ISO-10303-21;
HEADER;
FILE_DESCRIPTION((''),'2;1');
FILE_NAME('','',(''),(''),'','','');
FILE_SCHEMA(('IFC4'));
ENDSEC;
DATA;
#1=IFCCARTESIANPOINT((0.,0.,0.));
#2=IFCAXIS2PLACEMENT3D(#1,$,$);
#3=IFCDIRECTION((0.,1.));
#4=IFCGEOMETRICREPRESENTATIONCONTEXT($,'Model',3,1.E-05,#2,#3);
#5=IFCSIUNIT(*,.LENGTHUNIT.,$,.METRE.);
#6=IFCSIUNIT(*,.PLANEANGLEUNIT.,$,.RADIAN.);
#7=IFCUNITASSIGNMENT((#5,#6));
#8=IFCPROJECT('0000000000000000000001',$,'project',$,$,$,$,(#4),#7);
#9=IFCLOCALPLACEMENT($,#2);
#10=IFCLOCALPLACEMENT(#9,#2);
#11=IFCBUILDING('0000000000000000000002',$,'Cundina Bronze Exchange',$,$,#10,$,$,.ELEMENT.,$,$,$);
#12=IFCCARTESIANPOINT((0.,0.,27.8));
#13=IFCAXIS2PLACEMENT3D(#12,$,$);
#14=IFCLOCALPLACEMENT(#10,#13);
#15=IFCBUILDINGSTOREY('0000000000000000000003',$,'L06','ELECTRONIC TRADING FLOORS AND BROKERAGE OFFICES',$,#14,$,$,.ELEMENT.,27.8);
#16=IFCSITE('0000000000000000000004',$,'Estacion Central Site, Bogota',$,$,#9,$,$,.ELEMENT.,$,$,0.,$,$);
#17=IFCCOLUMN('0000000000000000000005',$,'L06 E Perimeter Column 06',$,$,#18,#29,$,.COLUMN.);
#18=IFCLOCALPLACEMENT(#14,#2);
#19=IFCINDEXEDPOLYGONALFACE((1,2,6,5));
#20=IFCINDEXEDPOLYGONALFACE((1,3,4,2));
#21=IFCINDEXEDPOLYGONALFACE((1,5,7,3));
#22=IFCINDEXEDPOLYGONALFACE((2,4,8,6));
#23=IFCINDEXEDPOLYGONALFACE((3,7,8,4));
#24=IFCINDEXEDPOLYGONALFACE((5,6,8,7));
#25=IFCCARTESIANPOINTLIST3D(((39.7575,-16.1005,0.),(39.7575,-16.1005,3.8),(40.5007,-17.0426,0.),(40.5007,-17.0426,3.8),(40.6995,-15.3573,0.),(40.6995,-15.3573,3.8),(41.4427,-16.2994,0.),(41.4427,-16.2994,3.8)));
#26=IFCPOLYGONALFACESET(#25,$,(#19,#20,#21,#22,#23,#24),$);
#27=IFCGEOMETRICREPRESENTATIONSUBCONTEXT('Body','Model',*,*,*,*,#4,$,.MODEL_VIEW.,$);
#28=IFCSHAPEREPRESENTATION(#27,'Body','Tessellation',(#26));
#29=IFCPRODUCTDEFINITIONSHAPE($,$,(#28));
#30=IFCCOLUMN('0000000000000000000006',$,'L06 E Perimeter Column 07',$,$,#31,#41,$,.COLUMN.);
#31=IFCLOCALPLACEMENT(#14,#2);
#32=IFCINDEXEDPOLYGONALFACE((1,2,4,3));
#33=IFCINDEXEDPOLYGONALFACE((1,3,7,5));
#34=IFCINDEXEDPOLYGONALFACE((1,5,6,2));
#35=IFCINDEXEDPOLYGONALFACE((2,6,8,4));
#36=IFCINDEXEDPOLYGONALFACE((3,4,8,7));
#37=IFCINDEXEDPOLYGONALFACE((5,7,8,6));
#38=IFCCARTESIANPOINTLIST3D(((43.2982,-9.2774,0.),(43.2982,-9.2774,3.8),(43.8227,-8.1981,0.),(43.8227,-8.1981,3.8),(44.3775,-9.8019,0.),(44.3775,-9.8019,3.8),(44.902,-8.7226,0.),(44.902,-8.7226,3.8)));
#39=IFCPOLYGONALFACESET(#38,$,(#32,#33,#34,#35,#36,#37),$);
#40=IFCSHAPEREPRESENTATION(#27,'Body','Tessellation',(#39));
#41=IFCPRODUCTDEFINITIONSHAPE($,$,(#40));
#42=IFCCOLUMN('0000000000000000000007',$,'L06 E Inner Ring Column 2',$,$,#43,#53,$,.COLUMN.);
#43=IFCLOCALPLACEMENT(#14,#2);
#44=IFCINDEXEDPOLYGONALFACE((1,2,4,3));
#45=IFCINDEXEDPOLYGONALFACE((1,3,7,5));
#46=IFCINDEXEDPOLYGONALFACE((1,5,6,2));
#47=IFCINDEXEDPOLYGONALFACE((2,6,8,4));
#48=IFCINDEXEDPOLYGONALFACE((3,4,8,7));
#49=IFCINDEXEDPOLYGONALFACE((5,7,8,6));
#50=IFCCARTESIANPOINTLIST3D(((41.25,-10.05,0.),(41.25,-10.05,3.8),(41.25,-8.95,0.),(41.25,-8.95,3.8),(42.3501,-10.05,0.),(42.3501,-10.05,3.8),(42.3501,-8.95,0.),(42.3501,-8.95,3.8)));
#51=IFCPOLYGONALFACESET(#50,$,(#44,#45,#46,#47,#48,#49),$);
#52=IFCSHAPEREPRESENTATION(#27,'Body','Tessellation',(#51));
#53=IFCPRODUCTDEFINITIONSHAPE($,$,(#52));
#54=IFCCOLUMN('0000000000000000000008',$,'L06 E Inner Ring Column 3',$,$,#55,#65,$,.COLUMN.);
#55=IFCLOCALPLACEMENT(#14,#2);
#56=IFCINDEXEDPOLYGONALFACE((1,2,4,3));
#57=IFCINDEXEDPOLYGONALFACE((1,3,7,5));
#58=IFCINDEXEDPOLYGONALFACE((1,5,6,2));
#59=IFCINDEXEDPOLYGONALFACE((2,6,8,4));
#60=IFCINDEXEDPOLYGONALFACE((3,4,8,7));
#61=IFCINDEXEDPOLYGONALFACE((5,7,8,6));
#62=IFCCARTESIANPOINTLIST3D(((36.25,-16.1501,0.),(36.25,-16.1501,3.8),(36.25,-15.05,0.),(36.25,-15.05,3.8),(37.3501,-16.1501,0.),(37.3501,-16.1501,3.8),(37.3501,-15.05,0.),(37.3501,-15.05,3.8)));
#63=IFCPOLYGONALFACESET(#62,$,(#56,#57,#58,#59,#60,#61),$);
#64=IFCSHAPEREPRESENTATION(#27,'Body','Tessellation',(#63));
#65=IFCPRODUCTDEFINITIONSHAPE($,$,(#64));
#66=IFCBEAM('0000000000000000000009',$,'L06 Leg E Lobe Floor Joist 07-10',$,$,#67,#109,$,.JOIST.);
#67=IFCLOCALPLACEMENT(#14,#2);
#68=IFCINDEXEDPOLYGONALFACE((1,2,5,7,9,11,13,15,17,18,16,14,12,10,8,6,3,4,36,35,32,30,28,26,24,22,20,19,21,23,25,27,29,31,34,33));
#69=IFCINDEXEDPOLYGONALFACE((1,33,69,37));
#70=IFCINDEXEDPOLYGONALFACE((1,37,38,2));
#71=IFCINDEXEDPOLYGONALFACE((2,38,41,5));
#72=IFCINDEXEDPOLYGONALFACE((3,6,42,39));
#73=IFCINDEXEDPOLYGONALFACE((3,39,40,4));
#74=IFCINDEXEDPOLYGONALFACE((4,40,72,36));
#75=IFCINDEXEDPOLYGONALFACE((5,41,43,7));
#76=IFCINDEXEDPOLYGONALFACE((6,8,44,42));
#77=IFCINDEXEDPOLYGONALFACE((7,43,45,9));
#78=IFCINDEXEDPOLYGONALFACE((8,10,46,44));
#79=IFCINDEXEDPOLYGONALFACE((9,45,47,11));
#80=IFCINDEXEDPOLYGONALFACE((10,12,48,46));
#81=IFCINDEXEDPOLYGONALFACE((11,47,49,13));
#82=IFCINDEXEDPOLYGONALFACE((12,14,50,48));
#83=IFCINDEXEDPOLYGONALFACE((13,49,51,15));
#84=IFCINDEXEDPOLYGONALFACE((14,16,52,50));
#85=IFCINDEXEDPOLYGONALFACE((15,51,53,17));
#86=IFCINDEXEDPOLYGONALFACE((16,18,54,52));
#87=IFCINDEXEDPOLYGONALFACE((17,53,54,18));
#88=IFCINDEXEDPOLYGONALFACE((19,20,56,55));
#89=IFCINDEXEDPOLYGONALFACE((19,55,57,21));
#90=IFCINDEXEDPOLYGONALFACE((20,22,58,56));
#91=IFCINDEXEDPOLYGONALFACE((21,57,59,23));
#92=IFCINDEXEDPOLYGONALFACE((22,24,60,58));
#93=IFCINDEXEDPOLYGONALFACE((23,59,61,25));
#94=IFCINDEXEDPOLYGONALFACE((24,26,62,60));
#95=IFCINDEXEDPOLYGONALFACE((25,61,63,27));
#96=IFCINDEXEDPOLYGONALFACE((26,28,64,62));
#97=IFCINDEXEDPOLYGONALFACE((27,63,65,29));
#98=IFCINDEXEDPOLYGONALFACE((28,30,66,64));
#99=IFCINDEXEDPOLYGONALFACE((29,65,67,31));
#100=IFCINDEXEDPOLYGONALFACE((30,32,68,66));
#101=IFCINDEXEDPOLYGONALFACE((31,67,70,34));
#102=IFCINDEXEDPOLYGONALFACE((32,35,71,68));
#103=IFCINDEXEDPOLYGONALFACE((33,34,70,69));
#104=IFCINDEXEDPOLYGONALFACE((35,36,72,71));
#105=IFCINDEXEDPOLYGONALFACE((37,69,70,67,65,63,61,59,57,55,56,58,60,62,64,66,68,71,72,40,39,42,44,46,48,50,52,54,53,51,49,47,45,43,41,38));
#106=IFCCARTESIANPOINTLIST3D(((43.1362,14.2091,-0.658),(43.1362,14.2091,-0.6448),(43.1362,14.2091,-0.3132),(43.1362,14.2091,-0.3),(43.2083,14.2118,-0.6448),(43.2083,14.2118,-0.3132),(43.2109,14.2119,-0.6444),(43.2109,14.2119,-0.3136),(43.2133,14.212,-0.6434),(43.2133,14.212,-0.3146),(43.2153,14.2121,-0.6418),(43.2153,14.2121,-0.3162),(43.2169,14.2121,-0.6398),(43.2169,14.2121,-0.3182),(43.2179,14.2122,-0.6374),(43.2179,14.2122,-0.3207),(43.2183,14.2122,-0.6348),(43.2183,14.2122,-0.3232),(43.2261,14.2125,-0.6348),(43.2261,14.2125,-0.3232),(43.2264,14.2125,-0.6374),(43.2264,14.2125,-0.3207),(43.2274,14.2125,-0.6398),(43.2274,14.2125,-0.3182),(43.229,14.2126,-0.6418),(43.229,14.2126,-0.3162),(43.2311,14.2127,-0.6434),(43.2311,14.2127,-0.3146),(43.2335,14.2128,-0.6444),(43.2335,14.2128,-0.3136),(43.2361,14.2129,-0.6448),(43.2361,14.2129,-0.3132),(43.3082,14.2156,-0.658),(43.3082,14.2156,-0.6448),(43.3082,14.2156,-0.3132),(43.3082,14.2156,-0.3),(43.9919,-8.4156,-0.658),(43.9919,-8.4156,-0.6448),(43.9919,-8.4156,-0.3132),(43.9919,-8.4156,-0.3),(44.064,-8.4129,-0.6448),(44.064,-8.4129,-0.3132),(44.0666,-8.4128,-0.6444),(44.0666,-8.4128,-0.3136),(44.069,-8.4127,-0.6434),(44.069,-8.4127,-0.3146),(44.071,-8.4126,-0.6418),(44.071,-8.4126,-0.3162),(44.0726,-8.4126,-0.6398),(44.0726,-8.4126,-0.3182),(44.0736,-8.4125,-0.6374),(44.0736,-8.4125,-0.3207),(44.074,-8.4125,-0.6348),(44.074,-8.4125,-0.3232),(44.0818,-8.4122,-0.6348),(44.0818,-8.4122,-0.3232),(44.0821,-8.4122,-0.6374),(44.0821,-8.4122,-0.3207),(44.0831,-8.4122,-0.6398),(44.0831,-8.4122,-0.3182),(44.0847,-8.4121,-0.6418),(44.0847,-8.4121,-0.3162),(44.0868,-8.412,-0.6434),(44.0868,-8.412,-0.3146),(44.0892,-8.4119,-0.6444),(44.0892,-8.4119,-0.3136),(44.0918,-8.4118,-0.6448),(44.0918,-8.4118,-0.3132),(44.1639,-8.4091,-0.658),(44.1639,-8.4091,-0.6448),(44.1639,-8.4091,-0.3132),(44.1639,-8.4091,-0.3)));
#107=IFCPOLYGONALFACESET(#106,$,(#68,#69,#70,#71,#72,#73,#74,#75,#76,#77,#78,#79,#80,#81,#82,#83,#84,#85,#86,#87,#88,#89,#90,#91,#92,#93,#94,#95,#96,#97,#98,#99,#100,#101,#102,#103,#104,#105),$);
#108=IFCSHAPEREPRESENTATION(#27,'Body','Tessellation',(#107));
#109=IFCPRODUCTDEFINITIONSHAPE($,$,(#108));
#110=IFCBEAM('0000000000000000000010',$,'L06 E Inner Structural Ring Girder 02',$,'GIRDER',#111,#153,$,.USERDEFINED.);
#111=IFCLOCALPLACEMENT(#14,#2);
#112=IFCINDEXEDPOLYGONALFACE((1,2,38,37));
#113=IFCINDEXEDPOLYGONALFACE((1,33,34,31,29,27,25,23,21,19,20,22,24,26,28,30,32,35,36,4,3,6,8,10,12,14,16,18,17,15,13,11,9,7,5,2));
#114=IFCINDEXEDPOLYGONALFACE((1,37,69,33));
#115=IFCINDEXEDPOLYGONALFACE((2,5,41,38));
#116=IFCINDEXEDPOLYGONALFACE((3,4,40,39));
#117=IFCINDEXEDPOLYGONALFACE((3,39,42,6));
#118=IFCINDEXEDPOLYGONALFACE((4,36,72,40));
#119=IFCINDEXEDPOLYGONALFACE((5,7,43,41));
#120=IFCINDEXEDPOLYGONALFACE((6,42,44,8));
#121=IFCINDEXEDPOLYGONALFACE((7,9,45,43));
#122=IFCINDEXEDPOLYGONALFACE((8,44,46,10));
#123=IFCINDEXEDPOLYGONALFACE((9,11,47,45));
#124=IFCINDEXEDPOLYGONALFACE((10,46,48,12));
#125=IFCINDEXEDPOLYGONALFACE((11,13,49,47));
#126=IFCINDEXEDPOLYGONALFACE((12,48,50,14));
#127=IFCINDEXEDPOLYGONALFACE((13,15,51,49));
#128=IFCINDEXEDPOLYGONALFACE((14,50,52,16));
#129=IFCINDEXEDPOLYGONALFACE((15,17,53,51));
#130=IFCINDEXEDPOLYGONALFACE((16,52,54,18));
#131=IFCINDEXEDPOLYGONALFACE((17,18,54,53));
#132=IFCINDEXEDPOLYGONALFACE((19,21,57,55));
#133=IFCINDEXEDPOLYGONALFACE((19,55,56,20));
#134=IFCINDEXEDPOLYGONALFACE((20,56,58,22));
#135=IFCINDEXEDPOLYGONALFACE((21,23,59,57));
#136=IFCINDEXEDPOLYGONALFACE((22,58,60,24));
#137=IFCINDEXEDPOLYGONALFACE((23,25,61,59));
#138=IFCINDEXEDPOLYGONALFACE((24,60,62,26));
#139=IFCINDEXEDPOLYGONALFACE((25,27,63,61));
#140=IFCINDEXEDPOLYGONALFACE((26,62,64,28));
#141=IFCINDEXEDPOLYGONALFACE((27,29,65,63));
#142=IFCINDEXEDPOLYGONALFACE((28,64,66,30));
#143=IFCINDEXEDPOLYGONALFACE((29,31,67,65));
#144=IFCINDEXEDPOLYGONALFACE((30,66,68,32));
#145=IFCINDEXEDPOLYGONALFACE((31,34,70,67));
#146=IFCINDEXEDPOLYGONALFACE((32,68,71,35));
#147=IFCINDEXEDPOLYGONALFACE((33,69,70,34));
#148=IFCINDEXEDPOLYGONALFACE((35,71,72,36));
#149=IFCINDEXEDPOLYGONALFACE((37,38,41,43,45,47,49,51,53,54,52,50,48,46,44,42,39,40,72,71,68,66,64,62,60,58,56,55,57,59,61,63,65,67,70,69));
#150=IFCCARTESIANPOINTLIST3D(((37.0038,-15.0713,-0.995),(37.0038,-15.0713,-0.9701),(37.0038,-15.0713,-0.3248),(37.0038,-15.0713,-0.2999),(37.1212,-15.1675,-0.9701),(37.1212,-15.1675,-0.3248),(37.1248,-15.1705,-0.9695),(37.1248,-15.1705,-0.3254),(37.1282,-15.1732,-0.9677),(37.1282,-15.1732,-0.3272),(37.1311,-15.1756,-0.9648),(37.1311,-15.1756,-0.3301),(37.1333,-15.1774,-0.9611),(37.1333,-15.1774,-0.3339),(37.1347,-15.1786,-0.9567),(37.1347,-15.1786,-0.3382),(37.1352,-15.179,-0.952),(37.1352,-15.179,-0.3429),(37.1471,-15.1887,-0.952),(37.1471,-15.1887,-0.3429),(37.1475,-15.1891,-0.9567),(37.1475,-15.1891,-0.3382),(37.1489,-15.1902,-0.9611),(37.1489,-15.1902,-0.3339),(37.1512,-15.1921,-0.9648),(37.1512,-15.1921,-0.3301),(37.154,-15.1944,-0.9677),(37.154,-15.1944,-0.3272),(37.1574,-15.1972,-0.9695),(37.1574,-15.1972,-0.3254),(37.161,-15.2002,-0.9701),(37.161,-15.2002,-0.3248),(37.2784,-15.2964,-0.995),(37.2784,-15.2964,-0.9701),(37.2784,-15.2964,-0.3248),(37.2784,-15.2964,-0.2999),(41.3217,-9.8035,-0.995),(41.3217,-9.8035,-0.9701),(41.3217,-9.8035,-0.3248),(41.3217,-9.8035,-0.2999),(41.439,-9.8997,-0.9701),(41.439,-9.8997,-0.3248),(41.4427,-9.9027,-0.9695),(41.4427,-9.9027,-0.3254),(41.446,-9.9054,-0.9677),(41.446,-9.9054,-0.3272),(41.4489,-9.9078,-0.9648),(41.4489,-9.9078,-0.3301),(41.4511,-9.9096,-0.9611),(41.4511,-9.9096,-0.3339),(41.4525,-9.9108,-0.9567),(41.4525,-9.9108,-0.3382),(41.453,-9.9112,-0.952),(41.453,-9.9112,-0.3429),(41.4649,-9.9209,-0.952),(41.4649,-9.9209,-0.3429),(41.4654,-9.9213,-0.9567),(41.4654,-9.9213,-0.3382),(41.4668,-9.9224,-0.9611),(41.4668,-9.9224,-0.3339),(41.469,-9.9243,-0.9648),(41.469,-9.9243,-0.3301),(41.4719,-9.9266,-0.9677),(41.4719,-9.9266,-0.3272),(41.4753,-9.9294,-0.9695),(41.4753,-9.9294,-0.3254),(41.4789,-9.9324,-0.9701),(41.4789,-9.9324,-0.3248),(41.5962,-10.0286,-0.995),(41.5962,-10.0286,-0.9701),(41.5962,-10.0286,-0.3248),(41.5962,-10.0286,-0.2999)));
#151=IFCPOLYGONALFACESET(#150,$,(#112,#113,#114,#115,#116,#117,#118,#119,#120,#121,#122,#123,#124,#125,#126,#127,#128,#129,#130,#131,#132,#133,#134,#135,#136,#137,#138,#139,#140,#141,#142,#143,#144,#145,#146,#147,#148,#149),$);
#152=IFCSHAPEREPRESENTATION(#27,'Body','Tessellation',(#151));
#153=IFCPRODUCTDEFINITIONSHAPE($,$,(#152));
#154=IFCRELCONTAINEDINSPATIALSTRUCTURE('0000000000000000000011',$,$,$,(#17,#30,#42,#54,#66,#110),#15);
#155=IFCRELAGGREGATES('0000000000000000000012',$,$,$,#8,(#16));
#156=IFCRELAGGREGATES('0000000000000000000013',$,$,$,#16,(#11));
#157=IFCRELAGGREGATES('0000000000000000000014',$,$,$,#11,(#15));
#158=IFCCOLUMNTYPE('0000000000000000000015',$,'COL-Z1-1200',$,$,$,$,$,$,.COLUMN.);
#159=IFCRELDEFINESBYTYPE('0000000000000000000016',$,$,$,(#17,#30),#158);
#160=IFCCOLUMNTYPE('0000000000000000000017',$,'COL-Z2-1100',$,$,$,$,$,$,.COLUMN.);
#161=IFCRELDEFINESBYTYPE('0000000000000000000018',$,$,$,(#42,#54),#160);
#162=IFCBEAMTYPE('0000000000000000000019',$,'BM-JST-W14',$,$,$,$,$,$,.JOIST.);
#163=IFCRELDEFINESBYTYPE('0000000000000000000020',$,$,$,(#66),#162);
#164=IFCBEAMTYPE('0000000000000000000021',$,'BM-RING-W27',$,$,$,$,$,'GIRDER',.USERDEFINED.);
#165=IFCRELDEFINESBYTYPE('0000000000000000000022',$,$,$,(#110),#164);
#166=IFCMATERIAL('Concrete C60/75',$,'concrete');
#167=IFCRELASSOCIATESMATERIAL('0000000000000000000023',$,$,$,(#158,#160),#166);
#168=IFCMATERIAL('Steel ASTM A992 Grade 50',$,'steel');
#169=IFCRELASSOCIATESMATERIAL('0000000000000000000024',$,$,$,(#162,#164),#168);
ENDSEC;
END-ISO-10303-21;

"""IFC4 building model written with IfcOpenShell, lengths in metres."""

from ifc_helpers import new_model, si_unit, direction, frame, origin, origin_2d, place, context, subcontext, project, spatial, rectangle, i_section, extrude, material, material_profile, profile_set, type_object, element, save


model = new_model("IFC4")

# Units and contexts
model_context = context("Model", 3, precision=1e-05, world=origin(), true_north=direction((0.0, 1.0)))
body_context = subcontext(model_context, "Body", "Model", "MODEL_VIEW")
ifc_project = project(units=[si_unit("LENGTHUNIT", "METRE"), si_unit("PLANEANGLEUNIT", "RADIAN")], contexts=[model_context])

# Site, building, storey
site_placement = place(None, origin())
site = spatial("IfcSite", under=ifc_project, at=site_placement, Name="Estacion Central Site, Bogota", CompositionType="ELEMENT", RefElevation=0.0)
building_placement = place(site_placement, origin())
building = spatial("IfcBuilding", under=site, at=building_placement, Name="Cundina Bronze Exchange", CompositionType="ELEMENT")
storey_placement = place(building_placement, frame((0.0, 0.0, 27.8)))
storey = spatial("IfcBuildingStorey", under=building, at=storey_placement, Name="L06", Description="ELECTRONIC TRADING FLOORS AND BROKERAGE OFFICES", CompositionType="ELEMENT", Elevation=27.8)

# Columns
ifc_material_1 = material(Name="Concrete C60/75", Category="concrete")
ifc_material_profile_1 = material_profile(ifc_material_1, rectangle(XDim=1.2, YDim=1.2, at=origin_2d()), Name="RC1200X1200", Category="concrete")
ifc_profile_set_1 = profile_set([ifc_material_profile_1], Name="Concrete C60/75")
column_type_1 = type_object("IfcColumnType", Name="COL-Z1-1200", PredefinedType="COLUMN", material=ifc_profile_set_1)
for number, where, z_axis, x_axis, name in (
    (1, (40.6001, -16.2, 0.0), (0.0, 0.0, 1.0), (0.785101, 0.619368, 0.0), "L06 E Perimeter Column 06"),
    (2, (44.1001, -9.0, 0.0), (0.0, 0.0, 1.0), (0.437116, 0.899405, 0.0), "L06 E Perimeter Column 07"),
):
    element("IfcColumn", number, at=place(storey_placement, frame(where, z_axis=z_axis, x_axis=x_axis)), inside=storey, type_object=column_type_1, Name=name, PredefinedType="COLUMN", context=body_context, shape_type="SweptSolid", body=[
        extrude(rectangle(XDim=1.2, YDim=1.2, at=origin_2d()), origin(), (0.0, 0.0, 1.0), 3.8),
    ])
ifc_material_profile_2 = material_profile(ifc_material_1, rectangle(XDim=1.1001, YDim=1.1001, at=origin_2d()), Name="RC1100X1100", Category="concrete")
ifc_profile_set_2 = profile_set([ifc_material_profile_2], Name="Concrete C60/75")
column_type_2 = type_object("IfcColumnType", Name="COL-Z2-1100", PredefinedType="COLUMN", material=ifc_profile_set_2)
for number, where, z_axis, x_axis, name in (
    (3, (41.8, -9.5, 0.0), (0.0, 0.0, 1.0), (1.0, 0.0, 0.0), "L06 E Inner Ring Column 2"),
    (4, (36.8, -15.6001, 0.0), (0.0, 0.0, 1.0), (1.0, 0.0, 0.0), "L06 E Inner Ring Column 3"),
):
    element("IfcColumn", number, at=place(storey_placement, frame(where, z_axis=z_axis, x_axis=x_axis)), inside=storey, type_object=column_type_2, Name=name, PredefinedType="COLUMN", context=body_context, shape_type="SweptSolid", body=[
        extrude(rectangle(XDim=1.1001, YDim=1.1001, at=origin_2d()), origin(), (0.0, 0.0, 1.0), 3.8),
    ])

# Beams
ifc_material_2 = material(Name="Steel ASTM A992 Grade 50", Category="steel")
ifc_material_profile_3 = material_profile(ifc_material_2, i_section(OverallWidth=0.1721, OverallDepth=0.3579, WebThickness=0.0078, FlangeThickness=0.0132, FilletRadius=0.01, at=origin_2d()), Name="W14X38", Category="steel")
ifc_profile_set_3 = profile_set([ifc_material_profile_3], Name="Steel ASTM A992 Grade 50")
beam_type_1 = type_object("IfcBeamType", Name="BM-JST-W14", PredefinedType="JOIST", material=ifc_profile_set_3)
beam_1_placement = place(storey_placement, frame((44.0779, -8.4124, -0.479), z_axis=(-0.037795, 0.999286, 0.0), x_axis=(-0.999286, -0.037795, 0.0)))
element("IfcBeam", 5, at=beam_1_placement, inside=storey, type_object=beam_type_1, Name="L06 Leg E Lobe Floor Joist 07-10", PredefinedType="JOIST", context=body_context, shape_type="SweptSolid", body=[
    extrude(i_section(OverallWidth=0.1721, OverallDepth=0.3579, WebThickness=0.0078, FlangeThickness=0.0132, FilletRadius=0.01, at=origin_2d()), origin(), (0.0, 0.0, 1.0), 22.6409),
])
ifc_material_profile_4 = material_profile(ifc_material_2, i_section(OverallWidth=0.355, OverallDepth=0.6951, WebThickness=0.0154, FlangeThickness=0.0249, FilletRadius=0.0181, at=origin_2d()), Name="W27X146", Category="steel")
ifc_profile_set_4 = profile_set([ifc_material_profile_4], Name="Steel ASTM A992 Grade 50")
beam_type_2 = type_object("IfcBeamType", Name="BM-RING-W27", ElementType="GIRDER", PredefinedType="USERDEFINED", material=ifc_profile_set_4)
beam_2_placement = place(storey_placement, frame((37.1411, -15.1838, -0.6475), z_axis=(0.633927, 0.773393, 0.0), x_axis=(-0.773393, 0.633927, 0.0)))
element("IfcBeam", 6, at=beam_2_placement, inside=storey, type_object=beam_type_2, Name="L06 E Inner Structural Ring Girder 02", ObjectType="GIRDER", PredefinedType="USERDEFINED", context=body_context, shape_type="SweptSolid", body=[
    extrude(i_section(OverallWidth=0.355, OverallDepth=0.6951, WebThickness=0.0154, FlangeThickness=0.0249, FilletRadius=0.0181, at=origin_2d()), origin(), (0.0, 0.0, 1.0), 6.8113),
])

save(model, "model.ifc")
